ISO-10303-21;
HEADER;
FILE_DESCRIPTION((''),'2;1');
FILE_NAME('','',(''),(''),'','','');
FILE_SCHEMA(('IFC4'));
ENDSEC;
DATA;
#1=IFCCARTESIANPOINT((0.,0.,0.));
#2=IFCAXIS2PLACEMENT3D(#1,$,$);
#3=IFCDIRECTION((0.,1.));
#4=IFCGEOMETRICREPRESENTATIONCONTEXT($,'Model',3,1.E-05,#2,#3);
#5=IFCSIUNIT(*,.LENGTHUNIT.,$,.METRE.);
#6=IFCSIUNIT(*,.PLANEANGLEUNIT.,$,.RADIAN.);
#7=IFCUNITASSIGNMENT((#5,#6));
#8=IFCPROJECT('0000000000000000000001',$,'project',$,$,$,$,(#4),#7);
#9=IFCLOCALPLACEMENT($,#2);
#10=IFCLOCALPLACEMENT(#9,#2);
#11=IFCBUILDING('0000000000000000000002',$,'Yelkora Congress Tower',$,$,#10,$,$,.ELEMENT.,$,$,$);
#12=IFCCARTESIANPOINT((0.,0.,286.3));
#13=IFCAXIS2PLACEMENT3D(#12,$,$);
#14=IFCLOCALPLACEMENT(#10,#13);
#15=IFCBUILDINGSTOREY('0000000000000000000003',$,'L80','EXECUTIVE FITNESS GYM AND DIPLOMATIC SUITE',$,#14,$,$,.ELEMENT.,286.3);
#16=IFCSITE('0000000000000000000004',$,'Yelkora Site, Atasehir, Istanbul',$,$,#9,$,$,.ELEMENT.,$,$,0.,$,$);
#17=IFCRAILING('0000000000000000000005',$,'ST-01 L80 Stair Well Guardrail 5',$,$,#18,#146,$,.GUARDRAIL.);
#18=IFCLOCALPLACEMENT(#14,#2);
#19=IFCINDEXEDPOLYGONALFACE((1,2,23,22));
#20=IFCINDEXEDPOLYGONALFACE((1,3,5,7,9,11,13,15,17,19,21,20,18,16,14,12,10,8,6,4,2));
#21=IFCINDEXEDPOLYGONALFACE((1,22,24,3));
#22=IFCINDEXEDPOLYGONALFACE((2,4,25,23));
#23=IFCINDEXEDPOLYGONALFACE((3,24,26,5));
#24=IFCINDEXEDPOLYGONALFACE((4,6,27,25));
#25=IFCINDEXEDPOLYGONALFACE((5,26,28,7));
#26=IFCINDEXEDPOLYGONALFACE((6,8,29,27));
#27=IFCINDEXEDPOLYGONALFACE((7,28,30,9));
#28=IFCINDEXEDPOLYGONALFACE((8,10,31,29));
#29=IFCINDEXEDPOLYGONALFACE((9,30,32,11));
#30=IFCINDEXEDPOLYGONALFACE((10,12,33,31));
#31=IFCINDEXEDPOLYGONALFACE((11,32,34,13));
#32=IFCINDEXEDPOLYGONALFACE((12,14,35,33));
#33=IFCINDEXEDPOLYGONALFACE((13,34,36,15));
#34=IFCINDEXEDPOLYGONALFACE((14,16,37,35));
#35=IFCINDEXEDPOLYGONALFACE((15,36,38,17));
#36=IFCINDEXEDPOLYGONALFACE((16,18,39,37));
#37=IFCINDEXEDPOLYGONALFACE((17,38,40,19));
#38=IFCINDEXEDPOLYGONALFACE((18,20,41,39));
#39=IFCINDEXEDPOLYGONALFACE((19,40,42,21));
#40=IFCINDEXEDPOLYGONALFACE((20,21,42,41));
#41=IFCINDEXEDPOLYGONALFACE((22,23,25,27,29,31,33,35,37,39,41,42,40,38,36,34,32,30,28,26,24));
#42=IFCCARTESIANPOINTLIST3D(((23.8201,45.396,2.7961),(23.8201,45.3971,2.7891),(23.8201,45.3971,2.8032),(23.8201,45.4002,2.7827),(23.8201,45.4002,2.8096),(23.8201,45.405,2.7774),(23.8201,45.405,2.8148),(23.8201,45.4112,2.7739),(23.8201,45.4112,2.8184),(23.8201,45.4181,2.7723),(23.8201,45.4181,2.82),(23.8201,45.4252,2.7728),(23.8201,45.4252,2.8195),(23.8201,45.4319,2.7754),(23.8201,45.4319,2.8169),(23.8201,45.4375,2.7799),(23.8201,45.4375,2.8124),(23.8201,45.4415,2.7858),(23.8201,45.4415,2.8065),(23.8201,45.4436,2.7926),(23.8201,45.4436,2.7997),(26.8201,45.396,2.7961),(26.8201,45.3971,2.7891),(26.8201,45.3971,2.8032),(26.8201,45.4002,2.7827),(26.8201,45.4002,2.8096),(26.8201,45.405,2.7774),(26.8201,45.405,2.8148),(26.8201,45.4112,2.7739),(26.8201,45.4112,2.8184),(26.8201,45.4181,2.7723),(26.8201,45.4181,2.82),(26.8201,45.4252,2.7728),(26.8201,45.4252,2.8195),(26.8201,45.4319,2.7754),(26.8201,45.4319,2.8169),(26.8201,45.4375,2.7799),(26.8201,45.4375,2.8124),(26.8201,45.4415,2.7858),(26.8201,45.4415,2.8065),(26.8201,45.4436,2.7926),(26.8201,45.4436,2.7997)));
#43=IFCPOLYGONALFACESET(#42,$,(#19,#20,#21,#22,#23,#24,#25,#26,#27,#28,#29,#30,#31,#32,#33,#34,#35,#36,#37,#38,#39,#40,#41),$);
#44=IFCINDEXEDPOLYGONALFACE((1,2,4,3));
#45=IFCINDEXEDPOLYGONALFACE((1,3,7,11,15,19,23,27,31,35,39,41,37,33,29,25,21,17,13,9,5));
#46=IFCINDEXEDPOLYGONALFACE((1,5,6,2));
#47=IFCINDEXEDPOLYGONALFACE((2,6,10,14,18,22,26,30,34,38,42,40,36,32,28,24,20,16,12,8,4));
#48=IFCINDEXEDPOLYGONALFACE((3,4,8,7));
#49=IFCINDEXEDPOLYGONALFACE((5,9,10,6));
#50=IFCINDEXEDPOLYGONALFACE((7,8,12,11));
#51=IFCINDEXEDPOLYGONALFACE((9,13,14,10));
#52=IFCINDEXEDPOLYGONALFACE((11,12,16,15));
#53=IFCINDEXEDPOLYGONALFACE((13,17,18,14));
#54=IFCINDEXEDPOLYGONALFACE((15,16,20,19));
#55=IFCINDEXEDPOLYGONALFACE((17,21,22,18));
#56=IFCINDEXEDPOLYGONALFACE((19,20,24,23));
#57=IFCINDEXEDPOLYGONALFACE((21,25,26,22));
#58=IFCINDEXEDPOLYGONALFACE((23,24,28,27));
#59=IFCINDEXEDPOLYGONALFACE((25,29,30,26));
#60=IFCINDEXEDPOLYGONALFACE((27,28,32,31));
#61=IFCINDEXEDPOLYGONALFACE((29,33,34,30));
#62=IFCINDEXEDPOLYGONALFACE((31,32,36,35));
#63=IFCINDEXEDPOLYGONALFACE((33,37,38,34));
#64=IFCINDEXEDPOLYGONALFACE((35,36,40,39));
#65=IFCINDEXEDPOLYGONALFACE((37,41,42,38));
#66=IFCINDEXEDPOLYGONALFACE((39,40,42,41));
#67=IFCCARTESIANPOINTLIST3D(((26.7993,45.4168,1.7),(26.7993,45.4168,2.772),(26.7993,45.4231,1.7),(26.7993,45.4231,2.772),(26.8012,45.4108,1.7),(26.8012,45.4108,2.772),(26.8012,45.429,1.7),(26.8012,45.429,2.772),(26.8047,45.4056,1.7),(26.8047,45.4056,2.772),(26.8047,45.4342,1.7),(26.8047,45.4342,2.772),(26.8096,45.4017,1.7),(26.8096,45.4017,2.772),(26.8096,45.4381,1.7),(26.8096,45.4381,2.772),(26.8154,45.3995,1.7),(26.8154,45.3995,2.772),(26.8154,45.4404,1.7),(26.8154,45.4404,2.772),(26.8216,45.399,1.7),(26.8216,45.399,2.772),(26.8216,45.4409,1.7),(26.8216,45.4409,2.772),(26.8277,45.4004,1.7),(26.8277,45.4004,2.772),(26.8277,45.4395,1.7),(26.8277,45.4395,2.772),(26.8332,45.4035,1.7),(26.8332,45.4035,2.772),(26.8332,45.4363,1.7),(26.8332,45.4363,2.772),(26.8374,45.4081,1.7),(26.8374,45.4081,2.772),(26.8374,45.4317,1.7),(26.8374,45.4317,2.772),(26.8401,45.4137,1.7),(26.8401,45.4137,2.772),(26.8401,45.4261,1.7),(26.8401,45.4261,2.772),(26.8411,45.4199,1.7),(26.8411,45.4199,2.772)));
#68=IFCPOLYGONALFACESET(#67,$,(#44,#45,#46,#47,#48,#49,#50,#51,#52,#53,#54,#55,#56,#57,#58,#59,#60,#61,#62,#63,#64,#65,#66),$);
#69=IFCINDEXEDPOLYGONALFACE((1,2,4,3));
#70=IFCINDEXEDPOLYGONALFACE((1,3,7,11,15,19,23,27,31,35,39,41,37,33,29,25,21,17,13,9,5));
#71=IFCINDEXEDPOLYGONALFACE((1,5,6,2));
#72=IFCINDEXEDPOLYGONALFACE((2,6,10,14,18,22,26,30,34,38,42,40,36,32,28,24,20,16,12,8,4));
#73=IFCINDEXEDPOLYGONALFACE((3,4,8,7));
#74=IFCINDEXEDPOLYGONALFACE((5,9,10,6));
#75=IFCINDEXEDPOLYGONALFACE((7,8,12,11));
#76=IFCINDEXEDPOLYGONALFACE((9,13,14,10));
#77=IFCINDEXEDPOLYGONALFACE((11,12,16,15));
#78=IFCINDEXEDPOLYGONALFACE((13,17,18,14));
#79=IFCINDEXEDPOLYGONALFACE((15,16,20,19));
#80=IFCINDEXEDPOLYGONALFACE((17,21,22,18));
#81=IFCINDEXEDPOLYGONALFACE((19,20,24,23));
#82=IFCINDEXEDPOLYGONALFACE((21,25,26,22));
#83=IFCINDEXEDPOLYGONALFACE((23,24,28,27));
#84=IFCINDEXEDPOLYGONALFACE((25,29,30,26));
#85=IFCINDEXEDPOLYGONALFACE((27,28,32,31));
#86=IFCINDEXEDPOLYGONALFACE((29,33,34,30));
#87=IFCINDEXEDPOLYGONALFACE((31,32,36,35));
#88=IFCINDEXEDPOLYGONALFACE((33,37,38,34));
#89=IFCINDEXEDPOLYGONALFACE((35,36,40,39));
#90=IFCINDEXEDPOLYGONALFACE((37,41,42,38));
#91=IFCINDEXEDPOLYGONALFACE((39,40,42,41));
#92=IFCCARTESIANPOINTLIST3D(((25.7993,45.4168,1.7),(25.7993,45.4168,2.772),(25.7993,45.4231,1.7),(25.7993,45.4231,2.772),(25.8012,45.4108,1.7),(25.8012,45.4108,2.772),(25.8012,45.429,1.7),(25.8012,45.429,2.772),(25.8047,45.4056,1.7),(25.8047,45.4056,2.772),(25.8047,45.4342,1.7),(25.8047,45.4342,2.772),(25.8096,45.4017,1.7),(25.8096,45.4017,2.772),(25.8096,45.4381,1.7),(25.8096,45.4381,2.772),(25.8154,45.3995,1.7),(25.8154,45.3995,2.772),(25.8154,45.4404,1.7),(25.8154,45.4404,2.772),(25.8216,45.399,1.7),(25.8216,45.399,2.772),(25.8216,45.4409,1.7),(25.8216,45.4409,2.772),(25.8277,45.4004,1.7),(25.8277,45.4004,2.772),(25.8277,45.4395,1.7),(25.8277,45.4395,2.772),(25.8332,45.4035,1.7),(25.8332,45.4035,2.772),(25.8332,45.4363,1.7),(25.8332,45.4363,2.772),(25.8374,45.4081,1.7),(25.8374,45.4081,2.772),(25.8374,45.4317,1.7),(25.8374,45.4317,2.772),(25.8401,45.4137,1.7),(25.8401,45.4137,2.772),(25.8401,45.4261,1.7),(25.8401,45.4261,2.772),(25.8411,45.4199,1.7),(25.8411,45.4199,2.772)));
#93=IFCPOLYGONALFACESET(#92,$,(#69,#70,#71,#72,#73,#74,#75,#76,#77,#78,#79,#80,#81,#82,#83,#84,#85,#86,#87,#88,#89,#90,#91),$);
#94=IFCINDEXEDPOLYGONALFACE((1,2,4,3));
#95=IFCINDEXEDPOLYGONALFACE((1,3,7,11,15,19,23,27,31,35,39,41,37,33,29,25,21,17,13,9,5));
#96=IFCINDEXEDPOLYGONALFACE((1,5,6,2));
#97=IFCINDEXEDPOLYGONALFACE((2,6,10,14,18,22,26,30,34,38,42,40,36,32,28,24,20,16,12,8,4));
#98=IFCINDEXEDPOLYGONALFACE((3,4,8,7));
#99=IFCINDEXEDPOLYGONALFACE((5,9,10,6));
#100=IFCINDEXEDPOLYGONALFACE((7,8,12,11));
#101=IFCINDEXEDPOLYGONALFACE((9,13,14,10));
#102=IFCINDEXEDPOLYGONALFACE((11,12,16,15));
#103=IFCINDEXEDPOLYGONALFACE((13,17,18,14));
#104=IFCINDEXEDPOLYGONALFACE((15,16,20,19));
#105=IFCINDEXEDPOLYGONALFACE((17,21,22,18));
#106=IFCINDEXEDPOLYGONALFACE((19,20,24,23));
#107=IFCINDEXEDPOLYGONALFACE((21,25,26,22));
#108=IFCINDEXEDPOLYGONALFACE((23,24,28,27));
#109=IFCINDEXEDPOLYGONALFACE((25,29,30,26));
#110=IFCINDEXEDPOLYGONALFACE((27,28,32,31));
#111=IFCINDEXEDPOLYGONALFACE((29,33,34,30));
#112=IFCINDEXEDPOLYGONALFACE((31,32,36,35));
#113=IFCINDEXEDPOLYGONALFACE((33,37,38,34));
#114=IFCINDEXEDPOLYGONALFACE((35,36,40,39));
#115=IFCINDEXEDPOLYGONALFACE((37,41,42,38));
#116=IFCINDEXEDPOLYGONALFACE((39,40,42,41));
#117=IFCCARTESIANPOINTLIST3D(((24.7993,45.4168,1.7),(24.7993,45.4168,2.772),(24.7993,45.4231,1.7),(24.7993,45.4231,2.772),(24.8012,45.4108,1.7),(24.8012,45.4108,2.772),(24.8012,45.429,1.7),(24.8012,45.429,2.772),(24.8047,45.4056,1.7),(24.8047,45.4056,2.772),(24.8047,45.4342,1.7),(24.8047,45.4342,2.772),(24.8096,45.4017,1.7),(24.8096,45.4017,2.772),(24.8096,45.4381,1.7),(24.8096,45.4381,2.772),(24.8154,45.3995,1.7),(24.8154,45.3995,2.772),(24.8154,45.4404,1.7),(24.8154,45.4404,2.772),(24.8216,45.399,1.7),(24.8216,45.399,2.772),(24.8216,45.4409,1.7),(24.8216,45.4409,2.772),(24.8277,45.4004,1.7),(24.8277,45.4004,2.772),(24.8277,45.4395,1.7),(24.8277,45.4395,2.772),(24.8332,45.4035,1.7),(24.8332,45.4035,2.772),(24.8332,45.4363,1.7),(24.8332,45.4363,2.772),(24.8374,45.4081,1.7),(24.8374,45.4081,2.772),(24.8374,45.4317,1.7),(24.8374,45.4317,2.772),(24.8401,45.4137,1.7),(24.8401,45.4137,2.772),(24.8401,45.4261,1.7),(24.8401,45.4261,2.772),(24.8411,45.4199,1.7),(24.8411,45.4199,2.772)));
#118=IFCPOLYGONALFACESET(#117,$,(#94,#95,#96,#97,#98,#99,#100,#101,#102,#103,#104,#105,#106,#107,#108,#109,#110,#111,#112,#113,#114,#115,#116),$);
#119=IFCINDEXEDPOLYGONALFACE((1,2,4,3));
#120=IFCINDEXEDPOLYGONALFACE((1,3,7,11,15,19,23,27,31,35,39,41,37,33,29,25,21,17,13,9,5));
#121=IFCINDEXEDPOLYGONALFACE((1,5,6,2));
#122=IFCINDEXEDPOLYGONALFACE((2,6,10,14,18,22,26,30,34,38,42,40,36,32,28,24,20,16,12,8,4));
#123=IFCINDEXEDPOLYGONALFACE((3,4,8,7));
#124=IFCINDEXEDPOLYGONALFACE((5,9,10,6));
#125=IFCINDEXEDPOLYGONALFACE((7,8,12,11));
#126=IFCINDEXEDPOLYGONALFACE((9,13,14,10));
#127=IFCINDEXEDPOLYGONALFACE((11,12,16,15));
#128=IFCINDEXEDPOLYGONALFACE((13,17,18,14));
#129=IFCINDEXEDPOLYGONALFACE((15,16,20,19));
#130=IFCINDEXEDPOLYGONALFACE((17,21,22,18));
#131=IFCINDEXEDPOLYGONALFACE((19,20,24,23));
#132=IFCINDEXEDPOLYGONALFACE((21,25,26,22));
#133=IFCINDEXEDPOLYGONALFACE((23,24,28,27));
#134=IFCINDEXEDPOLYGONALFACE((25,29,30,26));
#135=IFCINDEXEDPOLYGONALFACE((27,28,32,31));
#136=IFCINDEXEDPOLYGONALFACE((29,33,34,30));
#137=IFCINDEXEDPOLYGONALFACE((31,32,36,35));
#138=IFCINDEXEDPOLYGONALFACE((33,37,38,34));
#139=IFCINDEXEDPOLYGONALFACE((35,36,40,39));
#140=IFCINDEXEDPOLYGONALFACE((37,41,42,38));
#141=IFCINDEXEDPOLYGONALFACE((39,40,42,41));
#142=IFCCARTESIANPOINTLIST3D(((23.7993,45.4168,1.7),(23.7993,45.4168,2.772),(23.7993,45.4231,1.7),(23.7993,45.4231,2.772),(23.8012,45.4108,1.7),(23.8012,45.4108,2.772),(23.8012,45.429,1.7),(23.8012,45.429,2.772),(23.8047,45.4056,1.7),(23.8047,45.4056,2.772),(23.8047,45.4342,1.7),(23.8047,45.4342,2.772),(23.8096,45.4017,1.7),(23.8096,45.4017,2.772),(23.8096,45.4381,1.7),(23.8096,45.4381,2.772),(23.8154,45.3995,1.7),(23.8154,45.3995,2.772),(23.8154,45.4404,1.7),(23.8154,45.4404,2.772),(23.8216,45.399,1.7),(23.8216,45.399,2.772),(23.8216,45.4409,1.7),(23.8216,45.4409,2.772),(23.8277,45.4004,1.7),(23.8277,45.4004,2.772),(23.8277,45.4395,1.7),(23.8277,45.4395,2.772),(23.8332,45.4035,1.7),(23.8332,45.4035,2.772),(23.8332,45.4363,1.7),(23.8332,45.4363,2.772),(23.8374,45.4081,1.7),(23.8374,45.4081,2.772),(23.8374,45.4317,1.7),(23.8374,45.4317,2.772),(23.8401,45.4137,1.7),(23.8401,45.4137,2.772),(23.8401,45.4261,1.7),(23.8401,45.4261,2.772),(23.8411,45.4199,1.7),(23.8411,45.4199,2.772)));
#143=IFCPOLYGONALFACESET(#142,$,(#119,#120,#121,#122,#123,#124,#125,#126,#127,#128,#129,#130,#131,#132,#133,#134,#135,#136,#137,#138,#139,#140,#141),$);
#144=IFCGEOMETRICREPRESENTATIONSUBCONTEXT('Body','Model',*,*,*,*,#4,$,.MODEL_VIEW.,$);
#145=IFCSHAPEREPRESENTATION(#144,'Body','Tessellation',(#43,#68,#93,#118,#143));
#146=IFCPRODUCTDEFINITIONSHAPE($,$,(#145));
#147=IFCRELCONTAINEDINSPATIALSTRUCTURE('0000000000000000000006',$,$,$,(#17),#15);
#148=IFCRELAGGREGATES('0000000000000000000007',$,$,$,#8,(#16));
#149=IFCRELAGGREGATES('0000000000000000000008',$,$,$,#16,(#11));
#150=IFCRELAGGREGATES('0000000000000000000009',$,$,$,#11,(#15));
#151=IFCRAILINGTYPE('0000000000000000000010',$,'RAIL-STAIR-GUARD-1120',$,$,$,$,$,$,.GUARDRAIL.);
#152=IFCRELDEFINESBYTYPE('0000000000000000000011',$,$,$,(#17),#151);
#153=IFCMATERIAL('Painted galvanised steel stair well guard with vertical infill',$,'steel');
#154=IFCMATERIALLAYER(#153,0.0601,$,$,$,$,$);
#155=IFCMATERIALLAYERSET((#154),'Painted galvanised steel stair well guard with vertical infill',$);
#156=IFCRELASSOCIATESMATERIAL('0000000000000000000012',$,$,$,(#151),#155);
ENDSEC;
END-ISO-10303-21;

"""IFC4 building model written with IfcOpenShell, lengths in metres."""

from ifc_helpers import new_model, si_unit, direction, frame, origin, origin_2d, place, context, subcontext, project, spatial, circle, extrude, material, layer, layer_set, type_object, element, save


model = new_model("IFC4")

# Units and contexts
model_context = context("Model", 3, precision=1e-05, world=origin(), true_north=direction((0.0, 1.0)))
body_context = subcontext(model_context, "Body", "Model", "MODEL_VIEW")
ifc_project = project(units=[si_unit("LENGTHUNIT", "METRE"), si_unit("PLANEANGLEUNIT", "RADIAN")], contexts=[model_context])

# Site, building, storey
site_placement = place(None, origin())
site = spatial("IfcSite", under=ifc_project, at=site_placement, Name="Yelkora Site, Atasehir, Istanbul", CompositionType="ELEMENT", RefElevation=0.0)
building_placement = place(site_placement, origin())
building = spatial("IfcBuilding", under=site, at=building_placement, Name="Yelkora Congress Tower", CompositionType="ELEMENT")
storey_placement = place(building_placement, frame((0.0, 0.0, 286.3)))
storey = spatial("IfcBuildingStorey", under=building, at=storey_placement, Name="L80", Description="EXECUTIVE FITNESS GYM AND DIPLOMATIC SUITE", CompositionType="ELEMENT", Elevation=286.3)

# Railing
ifc_material_1 = material(Name="Painted galvanised steel stair well guard with vertical infill", Category="steel")
ifc_layer_1 = layer(ifc_material_1, 0.0601)
ifc_layer_set_1 = layer_set([ifc_layer_1], Name="Painted galvanised steel stair well guard with vertical infill")
railing_type = type_object("IfcRailingType", Name="RAIL-STAIR-GUARD-1120", PredefinedType="GUARDRAIL", material=ifc_layer_set_1)
railing_1_placement = place(storey_placement, frame((26.8201, 45.4199, 1.7)))
element("IfcRailing", 1, at=railing_1_placement, inside=storey, type_object=railing_type, Name="ST-01 L80 Stair Well Guardrail 5", PredefinedType="GUARDRAIL", context=body_context, shape_type="SweptSolid", body=[
    extrude(circle(Radius=0.0239, at=origin_2d()), frame((0.0, 0.0, 1.0962), z_axis=(-1.0, 0.0, 0.0), x_axis=(0.0, -1.0, 0.0)), (0.0, 0.0, 1.0), 3.0),
    extrude(circle(Radius=0.021, at=origin_2d()), origin(), (0.0, 0.0, 1.0), 1.072),
    extrude(circle(Radius=0.021, at=origin_2d()), frame((-1.0, 0.0, 0.0)), (0.0, 0.0, 1.0), 1.072),
    extrude(circle(Radius=0.021, at=origin_2d()), frame((-2.0, 0.0, 0.0)), (0.0, 0.0, 1.0), 1.072),
    extrude(circle(Radius=0.021, at=origin_2d()), frame((-3.0, 0.0, 0.0)), (0.0, 0.0, 1.0), 1.072),
])

save(model, "model.ifc")
